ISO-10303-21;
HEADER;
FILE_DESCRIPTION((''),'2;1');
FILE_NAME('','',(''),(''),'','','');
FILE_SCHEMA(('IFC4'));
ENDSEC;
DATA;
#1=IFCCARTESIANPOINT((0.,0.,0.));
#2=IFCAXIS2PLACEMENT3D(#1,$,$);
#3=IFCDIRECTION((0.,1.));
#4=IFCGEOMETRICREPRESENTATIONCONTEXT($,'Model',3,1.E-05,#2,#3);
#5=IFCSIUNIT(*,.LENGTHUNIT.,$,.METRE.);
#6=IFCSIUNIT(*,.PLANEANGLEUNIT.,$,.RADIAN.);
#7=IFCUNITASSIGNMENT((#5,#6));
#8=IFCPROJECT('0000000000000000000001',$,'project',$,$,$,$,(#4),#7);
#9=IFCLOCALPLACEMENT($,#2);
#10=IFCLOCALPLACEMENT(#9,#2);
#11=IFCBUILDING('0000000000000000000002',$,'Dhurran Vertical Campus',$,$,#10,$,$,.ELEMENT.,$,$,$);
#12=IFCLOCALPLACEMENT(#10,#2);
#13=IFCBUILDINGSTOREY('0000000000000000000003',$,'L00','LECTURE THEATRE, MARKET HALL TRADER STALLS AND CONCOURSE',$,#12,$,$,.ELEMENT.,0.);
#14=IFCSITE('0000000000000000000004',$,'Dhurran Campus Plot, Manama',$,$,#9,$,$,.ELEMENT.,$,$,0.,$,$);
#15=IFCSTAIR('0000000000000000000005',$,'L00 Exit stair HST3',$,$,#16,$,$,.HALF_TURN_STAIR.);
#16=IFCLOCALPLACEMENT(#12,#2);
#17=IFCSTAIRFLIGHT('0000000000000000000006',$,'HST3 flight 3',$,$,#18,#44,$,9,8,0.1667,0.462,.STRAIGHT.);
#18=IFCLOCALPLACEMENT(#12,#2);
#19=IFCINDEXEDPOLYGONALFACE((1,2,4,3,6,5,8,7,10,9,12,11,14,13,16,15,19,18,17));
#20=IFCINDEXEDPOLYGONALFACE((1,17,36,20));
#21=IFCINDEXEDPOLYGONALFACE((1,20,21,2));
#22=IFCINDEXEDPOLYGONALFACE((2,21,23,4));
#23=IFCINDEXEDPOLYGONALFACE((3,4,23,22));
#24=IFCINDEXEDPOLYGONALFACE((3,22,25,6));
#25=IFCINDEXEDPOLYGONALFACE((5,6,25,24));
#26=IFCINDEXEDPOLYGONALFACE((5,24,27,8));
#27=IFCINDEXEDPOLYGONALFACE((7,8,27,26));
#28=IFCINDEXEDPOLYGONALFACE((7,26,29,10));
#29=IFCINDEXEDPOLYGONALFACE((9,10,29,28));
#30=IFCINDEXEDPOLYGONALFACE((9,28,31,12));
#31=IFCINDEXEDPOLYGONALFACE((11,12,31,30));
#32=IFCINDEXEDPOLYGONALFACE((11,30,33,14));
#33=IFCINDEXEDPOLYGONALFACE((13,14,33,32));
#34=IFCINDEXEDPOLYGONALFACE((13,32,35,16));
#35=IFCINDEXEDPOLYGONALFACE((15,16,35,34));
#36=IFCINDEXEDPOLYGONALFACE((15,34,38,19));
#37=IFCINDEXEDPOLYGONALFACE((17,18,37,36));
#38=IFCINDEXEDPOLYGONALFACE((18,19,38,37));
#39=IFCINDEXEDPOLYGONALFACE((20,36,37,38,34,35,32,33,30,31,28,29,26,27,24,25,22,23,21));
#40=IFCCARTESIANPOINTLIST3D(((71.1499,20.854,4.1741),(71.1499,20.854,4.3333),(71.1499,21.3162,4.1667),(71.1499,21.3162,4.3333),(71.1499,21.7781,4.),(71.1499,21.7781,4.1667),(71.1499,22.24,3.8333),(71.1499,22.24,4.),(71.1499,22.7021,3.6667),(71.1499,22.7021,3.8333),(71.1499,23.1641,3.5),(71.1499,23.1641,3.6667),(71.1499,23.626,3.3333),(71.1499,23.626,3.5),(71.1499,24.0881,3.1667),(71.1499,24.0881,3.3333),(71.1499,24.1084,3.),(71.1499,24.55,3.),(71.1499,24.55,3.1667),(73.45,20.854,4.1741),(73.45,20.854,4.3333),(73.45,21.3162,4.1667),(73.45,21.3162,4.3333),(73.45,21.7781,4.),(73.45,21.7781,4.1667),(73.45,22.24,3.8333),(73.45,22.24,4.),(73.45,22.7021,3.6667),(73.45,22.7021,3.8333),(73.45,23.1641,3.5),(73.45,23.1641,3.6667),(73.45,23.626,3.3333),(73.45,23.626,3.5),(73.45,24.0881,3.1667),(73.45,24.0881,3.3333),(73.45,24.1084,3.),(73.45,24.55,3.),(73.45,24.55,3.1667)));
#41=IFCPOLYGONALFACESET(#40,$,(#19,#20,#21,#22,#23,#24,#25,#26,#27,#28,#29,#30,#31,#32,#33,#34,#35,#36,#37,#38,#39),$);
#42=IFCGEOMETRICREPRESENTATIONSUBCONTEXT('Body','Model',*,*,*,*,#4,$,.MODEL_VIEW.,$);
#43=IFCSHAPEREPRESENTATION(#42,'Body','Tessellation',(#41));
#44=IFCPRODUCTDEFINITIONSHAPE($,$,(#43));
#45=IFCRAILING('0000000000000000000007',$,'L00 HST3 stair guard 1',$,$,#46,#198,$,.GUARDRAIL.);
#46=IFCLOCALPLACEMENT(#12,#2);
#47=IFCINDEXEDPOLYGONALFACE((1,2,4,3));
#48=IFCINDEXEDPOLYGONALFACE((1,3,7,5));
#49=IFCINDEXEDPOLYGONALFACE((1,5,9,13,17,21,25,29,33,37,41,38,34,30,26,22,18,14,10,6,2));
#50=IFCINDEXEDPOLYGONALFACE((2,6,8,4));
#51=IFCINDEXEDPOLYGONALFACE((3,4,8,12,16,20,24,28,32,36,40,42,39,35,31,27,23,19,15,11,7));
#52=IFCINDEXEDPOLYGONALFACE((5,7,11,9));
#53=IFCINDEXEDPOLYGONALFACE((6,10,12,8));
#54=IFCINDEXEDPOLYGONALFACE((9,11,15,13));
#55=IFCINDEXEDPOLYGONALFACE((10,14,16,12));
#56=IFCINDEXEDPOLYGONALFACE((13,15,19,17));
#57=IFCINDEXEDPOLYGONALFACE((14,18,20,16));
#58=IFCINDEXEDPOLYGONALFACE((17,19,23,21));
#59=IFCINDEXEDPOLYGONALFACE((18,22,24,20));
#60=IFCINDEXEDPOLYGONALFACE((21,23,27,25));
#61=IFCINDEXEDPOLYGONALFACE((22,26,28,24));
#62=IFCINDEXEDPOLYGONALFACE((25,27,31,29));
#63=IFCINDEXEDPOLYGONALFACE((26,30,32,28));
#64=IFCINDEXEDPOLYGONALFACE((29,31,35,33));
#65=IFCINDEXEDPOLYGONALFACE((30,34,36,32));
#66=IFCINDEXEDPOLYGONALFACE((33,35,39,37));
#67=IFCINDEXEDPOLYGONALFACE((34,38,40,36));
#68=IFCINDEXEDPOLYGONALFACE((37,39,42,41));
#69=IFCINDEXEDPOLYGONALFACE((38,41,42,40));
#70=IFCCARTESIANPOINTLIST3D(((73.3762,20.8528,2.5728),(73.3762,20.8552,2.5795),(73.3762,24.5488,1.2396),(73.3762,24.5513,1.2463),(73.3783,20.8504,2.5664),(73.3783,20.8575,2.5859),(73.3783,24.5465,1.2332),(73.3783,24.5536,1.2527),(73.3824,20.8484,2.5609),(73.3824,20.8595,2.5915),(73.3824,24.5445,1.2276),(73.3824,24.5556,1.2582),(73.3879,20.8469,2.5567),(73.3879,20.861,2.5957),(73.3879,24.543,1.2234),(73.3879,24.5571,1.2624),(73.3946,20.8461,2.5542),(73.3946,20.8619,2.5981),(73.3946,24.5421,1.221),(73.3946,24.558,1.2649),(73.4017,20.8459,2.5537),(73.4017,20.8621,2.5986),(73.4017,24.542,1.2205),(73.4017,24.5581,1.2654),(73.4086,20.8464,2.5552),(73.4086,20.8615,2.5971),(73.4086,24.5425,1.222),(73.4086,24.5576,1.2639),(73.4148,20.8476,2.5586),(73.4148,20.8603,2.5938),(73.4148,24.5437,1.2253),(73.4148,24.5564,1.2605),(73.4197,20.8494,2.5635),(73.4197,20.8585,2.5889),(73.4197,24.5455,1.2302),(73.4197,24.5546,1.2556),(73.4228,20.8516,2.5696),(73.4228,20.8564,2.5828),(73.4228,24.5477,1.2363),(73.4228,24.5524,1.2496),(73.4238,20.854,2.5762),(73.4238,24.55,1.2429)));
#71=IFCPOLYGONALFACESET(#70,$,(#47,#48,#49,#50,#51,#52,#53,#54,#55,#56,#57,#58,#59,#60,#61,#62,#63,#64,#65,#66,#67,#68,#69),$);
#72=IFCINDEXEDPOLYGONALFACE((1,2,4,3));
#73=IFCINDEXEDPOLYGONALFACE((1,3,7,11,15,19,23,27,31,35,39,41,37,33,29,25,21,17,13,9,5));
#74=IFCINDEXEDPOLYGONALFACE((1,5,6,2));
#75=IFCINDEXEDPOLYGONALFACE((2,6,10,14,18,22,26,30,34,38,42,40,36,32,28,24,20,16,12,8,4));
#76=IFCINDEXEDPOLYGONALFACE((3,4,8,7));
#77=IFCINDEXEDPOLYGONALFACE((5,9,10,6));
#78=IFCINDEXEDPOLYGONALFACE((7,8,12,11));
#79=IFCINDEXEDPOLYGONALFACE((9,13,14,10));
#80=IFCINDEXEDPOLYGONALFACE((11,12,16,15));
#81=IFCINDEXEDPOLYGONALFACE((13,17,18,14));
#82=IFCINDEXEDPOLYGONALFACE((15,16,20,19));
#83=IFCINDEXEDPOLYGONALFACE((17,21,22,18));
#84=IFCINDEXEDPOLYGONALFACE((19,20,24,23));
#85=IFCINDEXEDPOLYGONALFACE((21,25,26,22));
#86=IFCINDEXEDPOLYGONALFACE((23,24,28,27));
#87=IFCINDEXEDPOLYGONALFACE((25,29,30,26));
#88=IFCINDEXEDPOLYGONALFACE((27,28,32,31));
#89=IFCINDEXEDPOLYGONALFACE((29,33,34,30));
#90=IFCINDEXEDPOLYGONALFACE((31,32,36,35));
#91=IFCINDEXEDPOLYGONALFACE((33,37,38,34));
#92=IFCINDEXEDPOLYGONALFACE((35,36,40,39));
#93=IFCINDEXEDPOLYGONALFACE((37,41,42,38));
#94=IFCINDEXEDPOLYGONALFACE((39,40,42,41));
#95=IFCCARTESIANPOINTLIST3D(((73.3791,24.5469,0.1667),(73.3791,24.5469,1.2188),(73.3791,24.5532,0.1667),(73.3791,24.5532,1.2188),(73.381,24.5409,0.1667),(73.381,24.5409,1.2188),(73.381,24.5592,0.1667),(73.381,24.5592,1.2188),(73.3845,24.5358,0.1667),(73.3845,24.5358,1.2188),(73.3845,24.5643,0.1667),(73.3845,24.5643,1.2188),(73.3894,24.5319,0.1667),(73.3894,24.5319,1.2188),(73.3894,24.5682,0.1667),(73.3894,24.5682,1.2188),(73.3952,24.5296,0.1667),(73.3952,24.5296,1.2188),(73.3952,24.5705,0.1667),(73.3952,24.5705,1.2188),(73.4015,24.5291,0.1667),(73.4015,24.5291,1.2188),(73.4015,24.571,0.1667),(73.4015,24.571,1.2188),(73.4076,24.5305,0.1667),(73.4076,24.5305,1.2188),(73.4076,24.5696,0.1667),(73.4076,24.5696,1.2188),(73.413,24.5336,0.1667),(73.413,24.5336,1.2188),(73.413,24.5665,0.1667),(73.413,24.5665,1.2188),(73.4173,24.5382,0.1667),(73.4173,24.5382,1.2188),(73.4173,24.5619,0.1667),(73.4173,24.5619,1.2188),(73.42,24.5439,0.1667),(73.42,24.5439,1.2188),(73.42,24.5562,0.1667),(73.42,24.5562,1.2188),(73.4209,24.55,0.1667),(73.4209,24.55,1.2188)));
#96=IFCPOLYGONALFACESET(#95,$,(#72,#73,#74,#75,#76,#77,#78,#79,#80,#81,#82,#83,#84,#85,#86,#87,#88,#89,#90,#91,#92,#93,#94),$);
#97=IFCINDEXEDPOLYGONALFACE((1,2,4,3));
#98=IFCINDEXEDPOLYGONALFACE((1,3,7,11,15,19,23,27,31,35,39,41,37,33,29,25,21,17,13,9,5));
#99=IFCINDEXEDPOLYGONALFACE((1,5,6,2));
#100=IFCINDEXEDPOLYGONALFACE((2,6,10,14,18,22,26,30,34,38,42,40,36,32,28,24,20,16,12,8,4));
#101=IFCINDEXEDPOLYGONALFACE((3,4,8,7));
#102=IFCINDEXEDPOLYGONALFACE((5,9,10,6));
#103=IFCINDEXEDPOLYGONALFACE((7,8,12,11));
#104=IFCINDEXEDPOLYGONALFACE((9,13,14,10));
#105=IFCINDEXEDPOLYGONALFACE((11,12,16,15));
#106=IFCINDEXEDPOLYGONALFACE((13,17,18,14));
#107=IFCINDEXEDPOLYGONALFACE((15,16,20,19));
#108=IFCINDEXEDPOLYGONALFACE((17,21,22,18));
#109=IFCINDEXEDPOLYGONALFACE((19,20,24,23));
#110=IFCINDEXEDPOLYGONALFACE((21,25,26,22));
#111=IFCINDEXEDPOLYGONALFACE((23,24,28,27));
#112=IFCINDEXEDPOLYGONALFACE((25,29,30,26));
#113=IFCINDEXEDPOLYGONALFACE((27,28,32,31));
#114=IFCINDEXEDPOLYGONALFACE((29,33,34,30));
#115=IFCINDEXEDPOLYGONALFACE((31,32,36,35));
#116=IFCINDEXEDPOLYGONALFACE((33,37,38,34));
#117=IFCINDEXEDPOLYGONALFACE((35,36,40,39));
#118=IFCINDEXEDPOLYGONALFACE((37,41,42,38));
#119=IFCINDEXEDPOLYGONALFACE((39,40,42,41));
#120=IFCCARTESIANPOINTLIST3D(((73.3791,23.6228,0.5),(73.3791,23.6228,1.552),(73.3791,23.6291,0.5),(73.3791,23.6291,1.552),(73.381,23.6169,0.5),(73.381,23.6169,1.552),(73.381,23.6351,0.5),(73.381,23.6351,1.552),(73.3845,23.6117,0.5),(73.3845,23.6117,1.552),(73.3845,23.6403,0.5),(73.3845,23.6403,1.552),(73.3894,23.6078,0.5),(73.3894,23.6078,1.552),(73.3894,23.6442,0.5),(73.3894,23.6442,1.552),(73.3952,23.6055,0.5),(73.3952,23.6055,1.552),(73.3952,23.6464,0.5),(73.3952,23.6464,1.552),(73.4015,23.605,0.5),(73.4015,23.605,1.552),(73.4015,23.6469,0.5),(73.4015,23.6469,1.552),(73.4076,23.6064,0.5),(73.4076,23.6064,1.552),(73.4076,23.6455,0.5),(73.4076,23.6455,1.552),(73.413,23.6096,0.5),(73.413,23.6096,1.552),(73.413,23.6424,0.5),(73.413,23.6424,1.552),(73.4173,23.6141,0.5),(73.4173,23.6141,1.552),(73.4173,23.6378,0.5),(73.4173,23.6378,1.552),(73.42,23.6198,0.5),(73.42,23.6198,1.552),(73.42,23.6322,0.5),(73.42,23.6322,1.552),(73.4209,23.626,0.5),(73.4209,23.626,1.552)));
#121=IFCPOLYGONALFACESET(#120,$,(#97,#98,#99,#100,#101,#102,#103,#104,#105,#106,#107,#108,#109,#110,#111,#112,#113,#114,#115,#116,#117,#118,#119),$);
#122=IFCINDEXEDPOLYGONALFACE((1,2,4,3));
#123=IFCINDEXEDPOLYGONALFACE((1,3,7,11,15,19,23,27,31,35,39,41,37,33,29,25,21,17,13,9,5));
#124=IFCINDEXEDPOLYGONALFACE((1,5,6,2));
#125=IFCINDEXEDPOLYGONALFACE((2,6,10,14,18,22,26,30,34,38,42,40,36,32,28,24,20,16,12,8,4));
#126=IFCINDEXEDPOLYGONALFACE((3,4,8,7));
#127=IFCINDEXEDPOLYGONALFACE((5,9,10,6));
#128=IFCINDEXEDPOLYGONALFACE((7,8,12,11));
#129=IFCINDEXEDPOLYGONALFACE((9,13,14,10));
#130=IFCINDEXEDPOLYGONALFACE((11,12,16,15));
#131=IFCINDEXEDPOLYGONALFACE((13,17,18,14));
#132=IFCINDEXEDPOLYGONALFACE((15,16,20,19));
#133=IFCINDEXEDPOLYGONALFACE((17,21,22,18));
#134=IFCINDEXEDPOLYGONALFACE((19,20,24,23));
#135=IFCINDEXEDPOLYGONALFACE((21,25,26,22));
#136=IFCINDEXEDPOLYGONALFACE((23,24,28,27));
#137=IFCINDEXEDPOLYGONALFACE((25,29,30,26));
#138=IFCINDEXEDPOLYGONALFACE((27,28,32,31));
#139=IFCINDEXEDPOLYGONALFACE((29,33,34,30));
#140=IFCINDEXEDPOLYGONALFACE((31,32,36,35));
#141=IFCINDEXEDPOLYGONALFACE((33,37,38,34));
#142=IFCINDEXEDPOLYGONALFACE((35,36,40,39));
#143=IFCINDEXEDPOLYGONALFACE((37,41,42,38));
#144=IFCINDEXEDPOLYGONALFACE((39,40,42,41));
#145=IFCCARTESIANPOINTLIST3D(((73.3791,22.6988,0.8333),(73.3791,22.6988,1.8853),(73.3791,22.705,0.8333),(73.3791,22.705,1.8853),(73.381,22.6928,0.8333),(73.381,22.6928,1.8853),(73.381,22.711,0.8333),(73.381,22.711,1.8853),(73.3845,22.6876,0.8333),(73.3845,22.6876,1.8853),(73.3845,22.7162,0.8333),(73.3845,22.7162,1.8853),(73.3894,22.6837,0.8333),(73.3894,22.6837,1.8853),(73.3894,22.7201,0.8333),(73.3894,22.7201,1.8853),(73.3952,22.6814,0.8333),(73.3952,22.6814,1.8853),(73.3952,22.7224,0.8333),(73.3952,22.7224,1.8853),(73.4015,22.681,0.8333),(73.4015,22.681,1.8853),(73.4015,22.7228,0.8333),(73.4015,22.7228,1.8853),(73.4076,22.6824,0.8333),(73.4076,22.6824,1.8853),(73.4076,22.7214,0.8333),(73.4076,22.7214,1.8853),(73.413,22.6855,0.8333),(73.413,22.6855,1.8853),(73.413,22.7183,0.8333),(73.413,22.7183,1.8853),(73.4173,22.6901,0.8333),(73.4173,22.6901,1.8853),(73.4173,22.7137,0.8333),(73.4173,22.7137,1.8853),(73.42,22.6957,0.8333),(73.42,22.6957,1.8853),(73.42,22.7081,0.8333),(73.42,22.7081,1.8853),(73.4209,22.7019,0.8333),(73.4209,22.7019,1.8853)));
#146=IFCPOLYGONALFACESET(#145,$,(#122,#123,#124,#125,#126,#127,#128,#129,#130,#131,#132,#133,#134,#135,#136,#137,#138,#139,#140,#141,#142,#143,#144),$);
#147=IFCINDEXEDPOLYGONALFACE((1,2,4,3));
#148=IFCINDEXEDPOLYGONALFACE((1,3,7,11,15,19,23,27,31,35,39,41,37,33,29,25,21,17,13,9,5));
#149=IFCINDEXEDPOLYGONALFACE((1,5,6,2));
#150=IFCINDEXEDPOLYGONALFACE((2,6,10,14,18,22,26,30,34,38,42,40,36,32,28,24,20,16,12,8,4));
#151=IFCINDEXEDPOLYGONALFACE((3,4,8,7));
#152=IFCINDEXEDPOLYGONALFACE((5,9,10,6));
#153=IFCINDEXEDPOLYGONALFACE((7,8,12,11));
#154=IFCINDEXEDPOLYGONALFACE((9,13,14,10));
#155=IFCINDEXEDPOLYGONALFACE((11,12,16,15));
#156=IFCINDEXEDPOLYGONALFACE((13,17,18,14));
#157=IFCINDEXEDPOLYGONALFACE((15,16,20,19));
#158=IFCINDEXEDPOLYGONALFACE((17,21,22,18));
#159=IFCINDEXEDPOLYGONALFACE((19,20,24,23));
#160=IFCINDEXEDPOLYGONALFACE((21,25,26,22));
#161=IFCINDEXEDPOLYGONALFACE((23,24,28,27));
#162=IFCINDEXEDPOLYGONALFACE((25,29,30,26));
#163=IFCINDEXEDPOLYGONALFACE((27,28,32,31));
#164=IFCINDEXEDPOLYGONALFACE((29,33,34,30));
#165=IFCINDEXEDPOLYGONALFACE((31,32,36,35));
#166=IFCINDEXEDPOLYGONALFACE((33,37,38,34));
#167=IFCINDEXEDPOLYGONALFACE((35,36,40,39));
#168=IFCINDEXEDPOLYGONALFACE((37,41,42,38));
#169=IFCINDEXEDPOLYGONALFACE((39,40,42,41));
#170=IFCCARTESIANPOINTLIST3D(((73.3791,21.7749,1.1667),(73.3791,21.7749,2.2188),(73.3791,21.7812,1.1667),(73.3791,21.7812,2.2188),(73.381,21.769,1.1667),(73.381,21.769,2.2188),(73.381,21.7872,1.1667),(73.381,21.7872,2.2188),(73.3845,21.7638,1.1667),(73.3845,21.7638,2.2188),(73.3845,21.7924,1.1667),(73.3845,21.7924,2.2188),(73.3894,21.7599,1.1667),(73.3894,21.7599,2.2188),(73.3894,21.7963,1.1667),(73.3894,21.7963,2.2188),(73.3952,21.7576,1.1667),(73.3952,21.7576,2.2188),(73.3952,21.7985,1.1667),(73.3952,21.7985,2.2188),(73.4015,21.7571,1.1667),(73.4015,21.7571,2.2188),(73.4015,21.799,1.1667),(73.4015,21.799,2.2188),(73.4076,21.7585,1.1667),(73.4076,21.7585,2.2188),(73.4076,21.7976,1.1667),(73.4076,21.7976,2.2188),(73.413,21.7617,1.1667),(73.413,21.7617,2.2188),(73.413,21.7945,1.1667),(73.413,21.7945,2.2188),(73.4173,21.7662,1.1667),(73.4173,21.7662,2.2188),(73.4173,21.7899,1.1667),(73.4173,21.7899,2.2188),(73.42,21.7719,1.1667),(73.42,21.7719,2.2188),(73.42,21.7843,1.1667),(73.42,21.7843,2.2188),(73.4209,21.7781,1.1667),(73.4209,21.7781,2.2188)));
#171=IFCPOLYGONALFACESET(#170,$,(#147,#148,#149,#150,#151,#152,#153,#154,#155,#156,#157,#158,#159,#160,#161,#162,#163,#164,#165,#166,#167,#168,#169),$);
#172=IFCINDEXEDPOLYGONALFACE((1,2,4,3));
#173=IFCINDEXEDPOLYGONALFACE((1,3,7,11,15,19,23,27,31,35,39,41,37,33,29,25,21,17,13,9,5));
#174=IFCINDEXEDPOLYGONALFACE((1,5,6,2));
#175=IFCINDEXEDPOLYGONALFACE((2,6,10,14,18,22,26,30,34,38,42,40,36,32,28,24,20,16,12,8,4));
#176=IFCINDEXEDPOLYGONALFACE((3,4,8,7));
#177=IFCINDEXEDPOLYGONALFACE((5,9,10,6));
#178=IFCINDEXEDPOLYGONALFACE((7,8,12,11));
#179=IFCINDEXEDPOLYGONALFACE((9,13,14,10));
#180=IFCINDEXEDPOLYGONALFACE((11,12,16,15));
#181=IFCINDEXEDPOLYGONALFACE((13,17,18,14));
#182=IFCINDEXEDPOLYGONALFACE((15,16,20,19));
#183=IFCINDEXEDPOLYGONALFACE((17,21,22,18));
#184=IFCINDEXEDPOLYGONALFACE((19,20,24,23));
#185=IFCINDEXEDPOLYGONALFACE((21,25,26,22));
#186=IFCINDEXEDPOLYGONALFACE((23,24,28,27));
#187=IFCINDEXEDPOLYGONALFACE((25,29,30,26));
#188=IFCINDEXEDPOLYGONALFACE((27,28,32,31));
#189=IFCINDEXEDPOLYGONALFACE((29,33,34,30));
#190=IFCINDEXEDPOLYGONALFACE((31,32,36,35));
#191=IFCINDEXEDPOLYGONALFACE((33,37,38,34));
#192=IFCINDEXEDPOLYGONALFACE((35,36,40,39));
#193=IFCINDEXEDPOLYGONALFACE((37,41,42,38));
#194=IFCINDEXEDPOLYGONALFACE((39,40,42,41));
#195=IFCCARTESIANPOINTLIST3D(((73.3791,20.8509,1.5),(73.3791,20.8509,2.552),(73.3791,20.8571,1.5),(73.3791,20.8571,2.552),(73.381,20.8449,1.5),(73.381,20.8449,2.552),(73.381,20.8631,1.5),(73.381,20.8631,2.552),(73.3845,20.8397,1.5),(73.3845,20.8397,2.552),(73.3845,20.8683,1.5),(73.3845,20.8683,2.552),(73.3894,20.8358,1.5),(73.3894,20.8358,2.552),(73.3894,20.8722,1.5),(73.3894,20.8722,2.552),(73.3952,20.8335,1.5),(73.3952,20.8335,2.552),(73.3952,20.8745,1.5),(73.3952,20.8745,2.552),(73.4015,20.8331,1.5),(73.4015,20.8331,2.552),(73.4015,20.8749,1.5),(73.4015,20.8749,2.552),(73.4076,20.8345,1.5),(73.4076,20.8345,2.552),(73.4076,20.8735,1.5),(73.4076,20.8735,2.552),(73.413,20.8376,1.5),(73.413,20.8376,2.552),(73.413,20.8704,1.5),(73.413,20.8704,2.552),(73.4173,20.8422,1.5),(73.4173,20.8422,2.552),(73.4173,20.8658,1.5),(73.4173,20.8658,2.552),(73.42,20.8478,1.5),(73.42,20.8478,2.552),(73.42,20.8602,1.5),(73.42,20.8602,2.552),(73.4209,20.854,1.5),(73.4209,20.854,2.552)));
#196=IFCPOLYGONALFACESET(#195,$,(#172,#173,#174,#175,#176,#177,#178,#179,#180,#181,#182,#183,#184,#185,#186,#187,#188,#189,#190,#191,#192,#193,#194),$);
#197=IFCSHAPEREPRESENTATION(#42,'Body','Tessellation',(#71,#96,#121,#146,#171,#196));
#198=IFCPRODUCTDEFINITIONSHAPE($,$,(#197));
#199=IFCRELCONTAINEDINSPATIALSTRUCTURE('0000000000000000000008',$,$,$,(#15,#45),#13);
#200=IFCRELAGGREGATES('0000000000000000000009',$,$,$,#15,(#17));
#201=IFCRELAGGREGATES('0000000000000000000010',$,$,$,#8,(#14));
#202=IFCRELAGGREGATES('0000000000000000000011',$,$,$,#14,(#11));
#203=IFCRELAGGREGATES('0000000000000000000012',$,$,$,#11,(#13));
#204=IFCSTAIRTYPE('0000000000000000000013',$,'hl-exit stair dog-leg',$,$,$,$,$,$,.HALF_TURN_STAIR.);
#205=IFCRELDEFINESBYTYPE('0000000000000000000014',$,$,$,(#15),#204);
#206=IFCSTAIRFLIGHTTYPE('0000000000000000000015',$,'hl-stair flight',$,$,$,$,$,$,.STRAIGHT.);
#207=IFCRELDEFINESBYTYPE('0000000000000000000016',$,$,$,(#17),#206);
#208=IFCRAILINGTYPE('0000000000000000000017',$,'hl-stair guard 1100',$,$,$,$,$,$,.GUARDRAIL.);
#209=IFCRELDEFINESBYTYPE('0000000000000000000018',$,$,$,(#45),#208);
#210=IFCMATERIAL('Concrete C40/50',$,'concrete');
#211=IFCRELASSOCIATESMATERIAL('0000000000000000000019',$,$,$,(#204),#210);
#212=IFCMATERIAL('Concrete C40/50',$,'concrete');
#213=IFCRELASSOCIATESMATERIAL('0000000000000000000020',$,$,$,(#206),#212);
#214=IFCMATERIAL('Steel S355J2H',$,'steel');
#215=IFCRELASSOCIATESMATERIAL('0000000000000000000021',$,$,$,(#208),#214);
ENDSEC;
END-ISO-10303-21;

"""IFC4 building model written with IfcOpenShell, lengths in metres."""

from ifc_helpers import new_model, si_unit, direction, frame, origin, origin_2d, place, context, subcontext, project, spatial, polyline, circle, outline, extrude, material, type_object, element, aggregate, save


model = new_model("IFC4")

# Units and contexts
model_context = context("Model", 3, precision=1e-05, world=origin(), true_north=direction((0.0, 1.0)))
body_context = subcontext(model_context, "Body", "Model", "MODEL_VIEW")
ifc_project = project(units=[si_unit("LENGTHUNIT", "METRE"), si_unit("PLANEANGLEUNIT", "RADIAN")], contexts=[model_context])

# Site, building, storey
site_placement = place(None, origin())
site = spatial("IfcSite", under=ifc_project, at=site_placement, Name="Dhurran Campus Plot, Manama", CompositionType="ELEMENT", RefElevation=0.0)
building_placement = place(site_placement, origin())
building = spatial("IfcBuilding", under=site, at=building_placement, Name="Dhurran Vertical Campus", CompositionType="ELEMENT")
storey_placement = place(building_placement, origin())
storey = spatial("IfcBuildingStorey", under=building, at=storey_placement, Name="L00", Description="LECTURE THEATRE, MARKET HALL TRADER STALLS AND CONCOURSE", CompositionType="ELEMENT", Elevation=0.0)

# Stair, stair flight
ifc_material_1 = material(Name="Concrete C40/50", Category="concrete")
stair_type = type_object("IfcStairType", Name="hl-exit stair dog-leg", PredefinedType="HALF_TURN_STAIR", material=ifc_material_1)
stair_placement = place(storey_placement, origin())
stair = element("IfcStair", 1, at=stair_placement, inside=storey, type_object=stair_type, Name="L00 Exit stair HST3", PredefinedType="HALF_TURN_STAIR")
ifc_material_2 = material(Name="Concrete C40/50", Category="concrete")
stair_flight_type = type_object("IfcStairFlightType", Name="hl-stair flight", PredefinedType="STRAIGHT", material=ifc_material_2)
stair_flight_1_placement = place(storey_placement, frame((72.3, 24.55, 3.0), z_axis=(0.0, 0.0, 1.0), x_axis=(0.0, -1.0, 0.0)))
stair_flight_1 = element("IfcStairFlight", 2, at=stair_flight_1_placement, type_object=stair_flight_type, Name="HST3 flight 3", NumberOfRisers=9, NumberOfTreads=8, PredefinedType="STRAIGHT", RiserHeight=0.1667, TreadLength=0.462, context=body_context, shape_type="SweptSolid", body=[
    extrude(outline(polyline([(0.0, 0.0), (0.0, 0.1667), (0.4619, 0.1667), (0.4619, 0.3333), (0.9241, 0.3333), (0.9241, 0.5), (1.386, 0.5), (1.386, 0.6667), (1.8479, 0.6667), (1.8479, 0.8333), (2.3101, 0.8333), (2.3101, 1.0), (2.772, 1.0), (2.772, 1.1667), (3.2339, 1.1667), (3.2339, 1.3333), (3.696, 1.3333), (3.696, 1.5), (3.696, 1.1741), (0.4417, 0.0), (0.0, 0.0)])), frame((0.0, 1.1499, 0.0), z_axis=(0.0, -1.0, 0.0), x_axis=(1.0, 0.0, 0.0)), (0.0, 0.0, 1.0), 2.3),
])
aggregate(stair, [stair_flight_1])

# Railing
ifc_material_3 = material(Name="Steel S355J2H", Category="steel")
railing_type_1 = type_object("IfcRailingType", Name="hl-stair guard 1100", PredefinedType="GUARDRAIL", material=ifc_material_3)
railing_1_placement = place(storey_placement, frame((73.3999, 24.55, 0.1667)))
element("IfcRailing", 3, at=railing_1_placement, inside=storey, type_object=railing_type_1, Name="L00 HST3 stair guard 1", PredefinedType="GUARDRAIL", context=body_context, shape_type="SweptSolid", body=[
    extrude(circle(Radius=0.0239, at=origin_2d()), frame((0.0, 0.0, 1.0762), z_axis=(0.0, -0.94067, 0.339322), x_axis=(1.0, 0.0, 0.0)), (0.0, 0.0, 1.0), 3.9292),
    extrude(circle(Radius=0.021, at=origin_2d()), origin(), (0.0, 0.0, 1.0), 1.052),
    extrude(circle(Radius=0.021, at=origin_2d()), frame((0.0, -0.9241, 0.3333)), (0.0, 0.0, 1.0), 1.052),
    extrude(circle(Radius=0.021, at=origin_2d()), frame((0.0, -1.8481, 0.6665)), (0.0, 0.0, 1.0), 1.052),
    extrude(circle(Radius=0.021, at=origin_2d()), frame((0.0, -2.772, 1.0)), (0.0, 0.0, 1.0), 1.052),
    extrude(circle(Radius=0.021, at=origin_2d()), frame((0.0, -3.696, 1.3333)), (0.0, 0.0, 1.0), 1.052),
])

save(model, "model.ifc")
